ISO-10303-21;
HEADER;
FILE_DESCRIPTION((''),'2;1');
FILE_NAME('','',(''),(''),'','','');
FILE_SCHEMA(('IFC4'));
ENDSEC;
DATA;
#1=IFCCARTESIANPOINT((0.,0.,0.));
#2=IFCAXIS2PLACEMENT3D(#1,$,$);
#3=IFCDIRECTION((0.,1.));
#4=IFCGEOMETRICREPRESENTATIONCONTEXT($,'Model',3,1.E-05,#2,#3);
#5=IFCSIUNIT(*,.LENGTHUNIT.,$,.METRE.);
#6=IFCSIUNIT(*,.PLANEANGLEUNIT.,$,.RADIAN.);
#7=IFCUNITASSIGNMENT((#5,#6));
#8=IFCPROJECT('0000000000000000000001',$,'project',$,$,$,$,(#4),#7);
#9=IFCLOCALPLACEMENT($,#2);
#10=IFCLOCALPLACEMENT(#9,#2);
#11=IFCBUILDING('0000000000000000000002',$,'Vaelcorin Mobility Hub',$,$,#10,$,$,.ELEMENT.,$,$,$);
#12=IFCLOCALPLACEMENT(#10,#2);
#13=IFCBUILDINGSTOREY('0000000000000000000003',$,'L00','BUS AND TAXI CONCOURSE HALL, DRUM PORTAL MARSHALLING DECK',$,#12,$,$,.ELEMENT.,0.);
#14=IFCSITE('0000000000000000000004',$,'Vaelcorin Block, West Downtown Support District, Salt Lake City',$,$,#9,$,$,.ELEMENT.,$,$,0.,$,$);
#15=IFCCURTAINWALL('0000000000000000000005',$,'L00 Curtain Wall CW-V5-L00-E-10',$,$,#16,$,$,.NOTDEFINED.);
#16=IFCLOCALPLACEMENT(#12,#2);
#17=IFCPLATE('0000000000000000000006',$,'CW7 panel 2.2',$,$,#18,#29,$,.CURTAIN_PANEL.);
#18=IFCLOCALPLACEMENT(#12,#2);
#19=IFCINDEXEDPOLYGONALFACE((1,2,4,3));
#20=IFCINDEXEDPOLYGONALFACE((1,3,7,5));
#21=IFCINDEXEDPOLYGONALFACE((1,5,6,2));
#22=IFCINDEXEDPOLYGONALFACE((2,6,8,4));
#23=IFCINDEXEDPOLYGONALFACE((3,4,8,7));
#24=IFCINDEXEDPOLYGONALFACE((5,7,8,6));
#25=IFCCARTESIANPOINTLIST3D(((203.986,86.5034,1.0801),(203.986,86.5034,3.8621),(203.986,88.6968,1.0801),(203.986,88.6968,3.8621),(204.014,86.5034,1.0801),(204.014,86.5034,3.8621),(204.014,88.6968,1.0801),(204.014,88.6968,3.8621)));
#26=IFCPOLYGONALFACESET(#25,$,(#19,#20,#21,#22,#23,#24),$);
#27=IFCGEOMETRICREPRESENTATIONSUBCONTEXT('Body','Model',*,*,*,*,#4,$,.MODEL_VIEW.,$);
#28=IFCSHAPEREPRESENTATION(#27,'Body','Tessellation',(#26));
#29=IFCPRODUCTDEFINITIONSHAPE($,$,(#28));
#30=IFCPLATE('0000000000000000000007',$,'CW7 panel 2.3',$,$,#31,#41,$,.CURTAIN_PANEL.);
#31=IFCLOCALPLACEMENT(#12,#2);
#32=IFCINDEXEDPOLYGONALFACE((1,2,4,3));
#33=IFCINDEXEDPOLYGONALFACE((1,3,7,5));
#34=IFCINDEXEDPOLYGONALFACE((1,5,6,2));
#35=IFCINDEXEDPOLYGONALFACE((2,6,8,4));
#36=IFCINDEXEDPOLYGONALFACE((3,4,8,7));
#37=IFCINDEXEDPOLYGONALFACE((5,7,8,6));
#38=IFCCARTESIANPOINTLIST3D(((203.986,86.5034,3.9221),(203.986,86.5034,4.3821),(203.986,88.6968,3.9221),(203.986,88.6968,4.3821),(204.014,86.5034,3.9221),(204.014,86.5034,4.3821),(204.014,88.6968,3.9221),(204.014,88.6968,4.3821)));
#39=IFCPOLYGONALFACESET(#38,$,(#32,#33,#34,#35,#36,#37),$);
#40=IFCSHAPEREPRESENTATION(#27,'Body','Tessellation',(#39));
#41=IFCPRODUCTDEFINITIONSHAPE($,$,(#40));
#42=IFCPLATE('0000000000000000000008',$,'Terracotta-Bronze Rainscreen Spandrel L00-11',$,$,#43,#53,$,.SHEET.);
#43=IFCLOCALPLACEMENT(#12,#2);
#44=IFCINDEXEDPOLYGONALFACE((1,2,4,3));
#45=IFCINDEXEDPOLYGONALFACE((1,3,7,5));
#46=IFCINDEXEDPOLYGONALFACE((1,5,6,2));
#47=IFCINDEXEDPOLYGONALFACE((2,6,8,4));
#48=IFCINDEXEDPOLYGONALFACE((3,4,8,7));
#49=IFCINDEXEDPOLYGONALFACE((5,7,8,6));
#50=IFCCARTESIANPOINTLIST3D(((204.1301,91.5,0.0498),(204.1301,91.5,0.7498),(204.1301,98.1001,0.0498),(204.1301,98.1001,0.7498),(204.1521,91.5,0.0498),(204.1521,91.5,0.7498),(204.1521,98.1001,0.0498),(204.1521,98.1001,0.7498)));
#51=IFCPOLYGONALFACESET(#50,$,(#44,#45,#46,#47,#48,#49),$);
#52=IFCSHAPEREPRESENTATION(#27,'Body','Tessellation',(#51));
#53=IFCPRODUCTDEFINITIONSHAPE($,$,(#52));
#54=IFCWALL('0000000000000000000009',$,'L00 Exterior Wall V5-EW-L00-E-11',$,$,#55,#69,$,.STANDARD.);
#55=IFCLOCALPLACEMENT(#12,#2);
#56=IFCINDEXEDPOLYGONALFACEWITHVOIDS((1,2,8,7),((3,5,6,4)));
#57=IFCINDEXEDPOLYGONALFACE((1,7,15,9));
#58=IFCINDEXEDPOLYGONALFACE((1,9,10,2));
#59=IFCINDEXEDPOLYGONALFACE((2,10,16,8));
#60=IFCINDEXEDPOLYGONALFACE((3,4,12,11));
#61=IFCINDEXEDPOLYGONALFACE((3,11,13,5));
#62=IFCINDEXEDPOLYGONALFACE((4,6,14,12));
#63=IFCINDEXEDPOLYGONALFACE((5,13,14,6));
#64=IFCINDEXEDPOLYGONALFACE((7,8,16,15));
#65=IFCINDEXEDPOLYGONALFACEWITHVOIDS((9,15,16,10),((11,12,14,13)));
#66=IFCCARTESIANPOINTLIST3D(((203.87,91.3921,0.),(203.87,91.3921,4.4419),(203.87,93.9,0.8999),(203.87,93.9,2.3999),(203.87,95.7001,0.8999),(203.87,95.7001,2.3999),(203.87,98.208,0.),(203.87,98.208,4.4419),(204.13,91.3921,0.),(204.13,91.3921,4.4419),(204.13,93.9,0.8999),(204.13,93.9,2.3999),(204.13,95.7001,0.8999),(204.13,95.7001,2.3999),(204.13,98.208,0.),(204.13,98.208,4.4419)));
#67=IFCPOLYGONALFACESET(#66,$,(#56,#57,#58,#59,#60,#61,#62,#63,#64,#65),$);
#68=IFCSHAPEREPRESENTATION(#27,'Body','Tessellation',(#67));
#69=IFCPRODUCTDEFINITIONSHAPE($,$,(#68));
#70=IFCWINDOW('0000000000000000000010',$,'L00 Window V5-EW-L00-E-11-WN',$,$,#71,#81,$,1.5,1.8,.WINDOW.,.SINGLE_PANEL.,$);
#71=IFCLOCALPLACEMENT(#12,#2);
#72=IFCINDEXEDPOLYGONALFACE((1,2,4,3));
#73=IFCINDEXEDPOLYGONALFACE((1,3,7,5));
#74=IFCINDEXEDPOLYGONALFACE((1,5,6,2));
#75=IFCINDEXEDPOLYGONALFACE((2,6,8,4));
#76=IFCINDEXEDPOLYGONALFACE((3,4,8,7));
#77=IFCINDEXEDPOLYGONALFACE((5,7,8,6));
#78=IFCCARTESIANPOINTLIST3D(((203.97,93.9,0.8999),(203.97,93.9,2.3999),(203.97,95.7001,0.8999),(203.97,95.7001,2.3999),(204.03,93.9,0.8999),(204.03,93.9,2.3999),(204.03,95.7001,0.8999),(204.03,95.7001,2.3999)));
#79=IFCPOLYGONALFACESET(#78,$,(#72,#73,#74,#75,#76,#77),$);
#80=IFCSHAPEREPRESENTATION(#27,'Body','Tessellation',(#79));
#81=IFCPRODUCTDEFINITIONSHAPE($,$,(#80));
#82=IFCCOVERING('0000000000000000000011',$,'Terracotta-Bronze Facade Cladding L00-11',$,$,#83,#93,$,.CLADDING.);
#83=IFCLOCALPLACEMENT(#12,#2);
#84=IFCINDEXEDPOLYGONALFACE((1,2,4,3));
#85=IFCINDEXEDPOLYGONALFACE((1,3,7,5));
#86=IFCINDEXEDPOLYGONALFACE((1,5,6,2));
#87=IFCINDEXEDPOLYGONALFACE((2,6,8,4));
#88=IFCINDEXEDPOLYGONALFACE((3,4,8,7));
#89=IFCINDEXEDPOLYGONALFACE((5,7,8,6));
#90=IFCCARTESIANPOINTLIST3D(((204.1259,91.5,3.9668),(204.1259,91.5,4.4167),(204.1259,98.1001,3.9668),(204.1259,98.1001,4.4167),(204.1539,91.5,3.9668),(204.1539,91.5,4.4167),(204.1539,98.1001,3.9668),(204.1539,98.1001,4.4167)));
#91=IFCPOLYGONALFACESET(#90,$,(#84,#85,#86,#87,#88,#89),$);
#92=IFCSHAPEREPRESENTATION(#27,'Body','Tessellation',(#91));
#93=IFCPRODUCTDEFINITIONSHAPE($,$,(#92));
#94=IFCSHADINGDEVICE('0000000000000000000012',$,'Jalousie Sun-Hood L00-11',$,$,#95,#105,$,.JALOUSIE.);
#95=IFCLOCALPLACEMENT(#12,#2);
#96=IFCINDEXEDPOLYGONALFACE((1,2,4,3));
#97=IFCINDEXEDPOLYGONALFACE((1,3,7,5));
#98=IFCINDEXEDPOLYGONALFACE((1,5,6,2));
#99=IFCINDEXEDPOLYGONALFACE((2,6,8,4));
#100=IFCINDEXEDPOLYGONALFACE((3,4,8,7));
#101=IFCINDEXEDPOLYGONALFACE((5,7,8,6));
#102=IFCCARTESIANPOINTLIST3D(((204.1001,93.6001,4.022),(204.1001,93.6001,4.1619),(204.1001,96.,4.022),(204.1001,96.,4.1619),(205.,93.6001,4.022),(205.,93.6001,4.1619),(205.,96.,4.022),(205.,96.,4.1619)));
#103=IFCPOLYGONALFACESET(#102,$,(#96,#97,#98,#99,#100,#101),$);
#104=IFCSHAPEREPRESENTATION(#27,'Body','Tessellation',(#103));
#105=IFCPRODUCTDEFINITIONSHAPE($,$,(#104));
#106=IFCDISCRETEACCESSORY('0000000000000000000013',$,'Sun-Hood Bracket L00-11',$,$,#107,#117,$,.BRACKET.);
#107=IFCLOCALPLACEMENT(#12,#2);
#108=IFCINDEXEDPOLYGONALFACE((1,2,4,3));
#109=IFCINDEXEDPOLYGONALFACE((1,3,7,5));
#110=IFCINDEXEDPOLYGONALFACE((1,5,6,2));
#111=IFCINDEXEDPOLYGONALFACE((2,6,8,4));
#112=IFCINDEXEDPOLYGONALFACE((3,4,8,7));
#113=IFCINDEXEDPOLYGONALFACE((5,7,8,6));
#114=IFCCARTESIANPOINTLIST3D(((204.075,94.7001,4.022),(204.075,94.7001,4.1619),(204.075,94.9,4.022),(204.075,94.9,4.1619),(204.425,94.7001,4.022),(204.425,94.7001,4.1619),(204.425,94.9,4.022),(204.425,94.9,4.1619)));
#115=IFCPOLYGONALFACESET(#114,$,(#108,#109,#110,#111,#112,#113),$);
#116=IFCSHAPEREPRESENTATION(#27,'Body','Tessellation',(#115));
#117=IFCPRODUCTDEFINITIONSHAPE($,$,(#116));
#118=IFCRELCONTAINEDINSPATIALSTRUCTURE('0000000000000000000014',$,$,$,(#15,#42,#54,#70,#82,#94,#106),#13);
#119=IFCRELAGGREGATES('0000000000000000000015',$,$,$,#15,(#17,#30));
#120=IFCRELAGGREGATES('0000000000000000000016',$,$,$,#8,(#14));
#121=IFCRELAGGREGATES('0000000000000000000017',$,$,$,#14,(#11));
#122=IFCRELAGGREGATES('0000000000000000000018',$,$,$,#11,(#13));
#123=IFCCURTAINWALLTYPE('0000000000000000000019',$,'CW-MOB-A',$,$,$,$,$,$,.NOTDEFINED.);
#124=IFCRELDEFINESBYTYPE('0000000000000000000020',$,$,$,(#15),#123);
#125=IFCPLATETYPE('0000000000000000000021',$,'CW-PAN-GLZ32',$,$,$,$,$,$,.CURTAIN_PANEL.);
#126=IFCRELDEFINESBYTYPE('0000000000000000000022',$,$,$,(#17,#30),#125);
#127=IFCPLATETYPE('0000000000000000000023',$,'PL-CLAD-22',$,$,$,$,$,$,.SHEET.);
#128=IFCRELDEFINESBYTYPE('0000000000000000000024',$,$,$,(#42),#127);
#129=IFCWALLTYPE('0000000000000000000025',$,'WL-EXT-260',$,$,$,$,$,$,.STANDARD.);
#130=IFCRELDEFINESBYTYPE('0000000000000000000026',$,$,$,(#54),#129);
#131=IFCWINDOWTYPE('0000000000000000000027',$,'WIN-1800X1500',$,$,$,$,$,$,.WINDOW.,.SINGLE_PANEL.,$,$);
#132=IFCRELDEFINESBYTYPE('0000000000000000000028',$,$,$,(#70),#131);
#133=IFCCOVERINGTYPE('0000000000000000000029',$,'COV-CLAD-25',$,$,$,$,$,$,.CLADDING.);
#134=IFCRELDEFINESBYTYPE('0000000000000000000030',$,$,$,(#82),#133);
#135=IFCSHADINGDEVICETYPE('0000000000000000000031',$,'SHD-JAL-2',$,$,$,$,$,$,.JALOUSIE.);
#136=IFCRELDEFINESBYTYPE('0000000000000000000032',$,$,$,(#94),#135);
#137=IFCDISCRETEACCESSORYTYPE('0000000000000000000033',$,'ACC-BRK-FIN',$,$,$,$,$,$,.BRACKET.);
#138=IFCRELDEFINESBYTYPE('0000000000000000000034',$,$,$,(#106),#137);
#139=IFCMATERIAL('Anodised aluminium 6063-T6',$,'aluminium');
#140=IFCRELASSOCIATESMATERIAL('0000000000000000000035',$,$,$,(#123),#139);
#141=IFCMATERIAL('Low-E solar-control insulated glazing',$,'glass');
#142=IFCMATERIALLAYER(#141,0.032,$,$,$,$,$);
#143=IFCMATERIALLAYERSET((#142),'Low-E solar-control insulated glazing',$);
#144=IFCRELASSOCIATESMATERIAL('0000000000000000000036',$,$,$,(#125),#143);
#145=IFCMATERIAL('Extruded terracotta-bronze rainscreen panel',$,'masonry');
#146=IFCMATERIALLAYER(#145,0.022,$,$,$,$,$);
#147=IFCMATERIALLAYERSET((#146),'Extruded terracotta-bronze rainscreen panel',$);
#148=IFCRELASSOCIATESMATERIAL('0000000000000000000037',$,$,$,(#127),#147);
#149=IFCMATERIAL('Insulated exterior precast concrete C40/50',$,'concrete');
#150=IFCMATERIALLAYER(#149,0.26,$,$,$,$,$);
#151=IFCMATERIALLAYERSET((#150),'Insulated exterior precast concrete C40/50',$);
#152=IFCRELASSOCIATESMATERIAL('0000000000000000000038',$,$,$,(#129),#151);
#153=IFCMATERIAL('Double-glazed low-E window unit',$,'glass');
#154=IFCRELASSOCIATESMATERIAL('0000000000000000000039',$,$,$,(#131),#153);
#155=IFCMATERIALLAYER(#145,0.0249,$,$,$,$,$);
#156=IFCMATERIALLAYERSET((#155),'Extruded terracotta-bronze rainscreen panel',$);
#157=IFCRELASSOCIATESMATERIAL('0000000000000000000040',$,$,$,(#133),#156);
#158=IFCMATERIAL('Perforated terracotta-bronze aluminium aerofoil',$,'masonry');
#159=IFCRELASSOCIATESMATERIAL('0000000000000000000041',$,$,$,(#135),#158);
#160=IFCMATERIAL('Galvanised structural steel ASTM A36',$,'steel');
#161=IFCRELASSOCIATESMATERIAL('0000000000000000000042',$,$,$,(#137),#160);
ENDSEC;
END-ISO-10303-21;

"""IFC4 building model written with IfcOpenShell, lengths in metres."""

from ifc_helpers import new_model, si_unit, direction, frame, frame_2d, origin, origin_2d, place, context, subcontext, project, spatial, rectangle, extrude, material, layer, layer_set, type_object, element, fill, aggregate, save


model = new_model("IFC4")

# Units and contexts
model_context = context("Model", 3, precision=1e-05, world=origin(), true_north=direction((0.0, 1.0)))
body_context = subcontext(model_context, "Body", "Model", "MODEL_VIEW")
ifc_project = project(units=[si_unit("LENGTHUNIT", "METRE"), si_unit("PLANEANGLEUNIT", "RADIAN")], contexts=[model_context])

# Site, building, storey
site_placement = place(None, origin())
site = spatial("IfcSite", under=ifc_project, at=site_placement, Name="Vaelcorin Block, West Downtown Support District, Salt Lake City", CompositionType="ELEMENT", RefElevation=0.0)
building_placement = place(site_placement, origin())
building = spatial("IfcBuilding", under=site, at=building_placement, Name="Vaelcorin Mobility Hub", CompositionType="ELEMENT")
storey_placement = place(building_placement, origin())
storey = spatial("IfcBuildingStorey", under=building, at=storey_placement, Name="L00", Description="BUS AND TAXI CONCOURSE HALL, DRUM PORTAL MARSHALLING DECK", CompositionType="ELEMENT", Elevation=0.0)

# Curtain wall, plates
ifc_material_1 = material(Name="Anodised aluminium 6063-T6", Category="aluminium")
curtain_wall_type = type_object("IfcCurtainWallType", Name="CW-MOB-A", PredefinedType="NOTDEFINED", material=ifc_material_1)
curtain_wall_placement = place(storey_placement, origin())
curtain_wall = element("IfcCurtainWall", 1, at=curtain_wall_placement, inside=storey, type_object=curtain_wall_type, Name="L00 Curtain Wall CW-V5-L00-E-10", PredefinedType="NOTDEFINED")
ifc_material_2 = material(Name="Low-E solar-control insulated glazing", Category="glass")
ifc_layer_1 = layer(ifc_material_2, 0.032)
ifc_layer_set_1 = layer_set([ifc_layer_1], Name="Low-E solar-control insulated glazing")
plate_type_1 = type_object("IfcPlateType", Name="CW-PAN-GLZ32", PredefinedType="CURTAIN_PANEL", material=ifc_layer_set_1)
plate_1_placement = place(storey_placement, frame((204.0, 87.6001, 1.0801), z_axis=(0.0, 0.0, 1.0), x_axis=(0.0, -1.0, 0.0)))
plate_1 = element("IfcPlate", 2, at=plate_1_placement, type_object=plate_type_1, Name="CW7 panel 2.2", PredefinedType="CURTAIN_PANEL", context=body_context, shape_type="SweptSolid", body=[
    extrude(rectangle(XDim=2.1934, YDim=0.0281, at=origin_2d()), origin(), (0.0, 0.0, 1.0), 2.782),
])
plate_2_placement = place(storey_placement, frame((204.0, 87.6001, 3.9221), z_axis=(0.0, 0.0, 1.0), x_axis=(0.0, -1.0, 0.0)))
plate_2 = element("IfcPlate", 3, at=plate_2_placement, type_object=plate_type_1, Name="CW7 panel 2.3", PredefinedType="CURTAIN_PANEL", context=body_context, shape_type="SweptSolid", body=[
    extrude(rectangle(XDim=2.1934, YDim=0.0281, at=origin_2d()), origin(), (0.0, 0.0, 1.0), 0.46),
])
aggregate(curtain_wall, [plate_1, plate_2])

# Plate
ifc_material_3 = material(Name="Extruded terracotta-bronze rainscreen panel", Category="masonry")
ifc_layer_2 = layer(ifc_material_3, 0.022)
ifc_layer_set_2 = layer_set([ifc_layer_2], Name="Extruded terracotta-bronze rainscreen panel")
plate_type_2 = type_object("IfcPlateType", Name="PL-CLAD-22", PredefinedType="SHEET", material=ifc_layer_set_2)
plate_3_placement = place(storey_placement, frame((204.1411, 94.8, 0.0498), z_axis=(0.0, 0.0, 1.0), x_axis=(1.0, 0.0, 0.0)))
element("IfcPlate", 4, at=plate_3_placement, inside=storey, type_object=plate_type_2, Name="Terracotta-Bronze Rainscreen Spandrel L00-11", PredefinedType="SHEET", context=body_context, shape_type="SweptSolid", body=[
    extrude(rectangle(XDim=0.022, YDim=6.6001, at=origin_2d()), origin(), (0.0, 0.0, 1.0), 0.7),
])

# Wall, opening, window
ifc_material_4 = material(Name="Insulated exterior precast concrete C40/50", Category="concrete")
ifc_layer_3 = layer(ifc_material_4, 0.26)
ifc_layer_set_3 = layer_set([ifc_layer_3], Name="Insulated exterior precast concrete C40/50")
wall_type = type_object("IfcWallType", Name="WL-EXT-260", PredefinedType="STANDARD", material=ifc_layer_set_3)
wall_placement = place(storey_placement, frame((204.0, 98.208, 0.0), z_axis=(0.0, 0.0, 1.0), x_axis=(0.0, -1.0, 0.0)))
wall = element("IfcWall", 5, at=wall_placement, inside=storey, type_object=wall_type, Name="L00 Exterior Wall V5-EW-L00-E-11", PredefinedType="STANDARD", context=body_context, shape_type="SweptSolid", body=[
    extrude(rectangle(XDim=6.8159, YDim=0.26, at=frame_2d((3.408, 0.0))), origin(), (0.0, 0.0, 1.0), 4.4419),
])
opening_placement = place(wall_placement, frame((2.5081, 0.0, 0.8999)))
opening = element("IfcOpeningElement", 6, at=opening_placement, cuts=wall, PredefinedType="OPENING", context=body_context, shape_type="SweptSolid", body=[
    extrude(rectangle(XDim=1.8, YDim=1.5, at=frame_2d((0.8999, 0.75))), frame((0.0, 0.1399, 0.0), z_axis=(0.0, -1.0, 0.0), x_axis=(1.0, 0.0, 0.0)), (0.0, 0.0, 1.0), 0.28),
])
ifc_material_5 = material(Name="Double-glazed low-E window unit", Category="glass")
window_type = type_object("IfcWindowType", Name="WIN-1800X1500", PartitioningType="SINGLE_PANEL", PredefinedType="WINDOW", material=ifc_material_5)
window_placement = place(opening_placement, origin())
window = element("IfcWindow", 7, at=window_placement, inside=storey, type_object=window_type, Name="L00 Window V5-EW-L00-E-11-WN", OverallHeight=1.5, OverallWidth=1.8, PartitioningType="SINGLE_PANEL", PredefinedType="WINDOW", context=body_context, shape_type="SweptSolid", body=[
    extrude(rectangle(XDim=1.8, YDim=1.5, at=frame_2d((0.8999, 0.75))), frame((0.0, 0.03, 0.0), z_axis=(0.0, -1.0, 0.0), x_axis=(1.0, 0.0, 0.0)), (0.0, 0.0, 1.0), 0.0601),
])
fill(opening, window)

# Covering
ifc_layer_4 = layer(ifc_material_3, 0.0249)
ifc_layer_set_4 = layer_set([ifc_layer_4], Name="Extruded terracotta-bronze rainscreen panel")
covering_type = type_object("IfcCoveringType", Name="COV-CLAD-25", PredefinedType="CLADDING", material=ifc_layer_set_4)
covering_placement = place(storey_placement, frame((204.1399, 94.8, 3.9668), z_axis=(0.0, 0.0, 1.0), x_axis=(1.0, 0.0, 0.0)))
element("IfcCovering", 8, at=covering_placement, inside=storey, type_object=covering_type, Name="Terracotta-Bronze Facade Cladding L00-11", PredefinedType="CLADDING", context=body_context, shape_type="SweptSolid", body=[
    extrude(rectangle(XDim=0.0281, YDim=6.6001, at=origin_2d()), origin(), (0.0, 0.0, 1.0), 0.45),
])

# Shading device
ifc_material_6 = material(Name="Perforated terracotta-bronze aluminium aerofoil", Category="masonry")
shading_device_type = type_object("IfcShadingDeviceType", Name="SHD-JAL-2", PredefinedType="JALOUSIE", material=ifc_material_6)
shading_device_placement = place(storey_placement, frame((204.55, 94.8, 4.022), z_axis=(0.0, 0.0, 1.0), x_axis=(1.0, 0.0, 0.0)))
element("IfcShadingDevice", 9, at=shading_device_placement, inside=storey, type_object=shading_device_type, Name="Jalousie Sun-Hood L00-11", PredefinedType="JALOUSIE", context=body_context, shape_type="SweptSolid", body=[
    extrude(rectangle(XDim=0.8999, YDim=2.3999, at=origin_2d()), origin(), (0.0, 0.0, 1.0), 0.1399),
])

# Discrete accessory
ifc_material_7 = material(Name="Galvanised structural steel ASTM A36", Category="steel")
discrete_accessory_type = type_object("IfcDiscreteAccessoryType", Name="ACC-BRK-FIN", PredefinedType="BRACKET", material=ifc_material_7)
discrete_accessory_placement = place(storey_placement, frame((204.25, 94.8, 4.022), z_axis=(0.0, 0.0, 1.0), x_axis=(1.0, 0.0, 0.0)))
element("IfcDiscreteAccessory", 10, at=discrete_accessory_placement, inside=storey, type_object=discrete_accessory_type, Name="Sun-Hood Bracket L00-11", PredefinedType="BRACKET", context=body_context, shape_type="SweptSolid", body=[
    extrude(rectangle(XDim=0.3501, YDim=0.2, at=origin_2d()), origin(), (0.0, 0.0, 1.0), 0.1399),
])

save(model, "model.ifc")
